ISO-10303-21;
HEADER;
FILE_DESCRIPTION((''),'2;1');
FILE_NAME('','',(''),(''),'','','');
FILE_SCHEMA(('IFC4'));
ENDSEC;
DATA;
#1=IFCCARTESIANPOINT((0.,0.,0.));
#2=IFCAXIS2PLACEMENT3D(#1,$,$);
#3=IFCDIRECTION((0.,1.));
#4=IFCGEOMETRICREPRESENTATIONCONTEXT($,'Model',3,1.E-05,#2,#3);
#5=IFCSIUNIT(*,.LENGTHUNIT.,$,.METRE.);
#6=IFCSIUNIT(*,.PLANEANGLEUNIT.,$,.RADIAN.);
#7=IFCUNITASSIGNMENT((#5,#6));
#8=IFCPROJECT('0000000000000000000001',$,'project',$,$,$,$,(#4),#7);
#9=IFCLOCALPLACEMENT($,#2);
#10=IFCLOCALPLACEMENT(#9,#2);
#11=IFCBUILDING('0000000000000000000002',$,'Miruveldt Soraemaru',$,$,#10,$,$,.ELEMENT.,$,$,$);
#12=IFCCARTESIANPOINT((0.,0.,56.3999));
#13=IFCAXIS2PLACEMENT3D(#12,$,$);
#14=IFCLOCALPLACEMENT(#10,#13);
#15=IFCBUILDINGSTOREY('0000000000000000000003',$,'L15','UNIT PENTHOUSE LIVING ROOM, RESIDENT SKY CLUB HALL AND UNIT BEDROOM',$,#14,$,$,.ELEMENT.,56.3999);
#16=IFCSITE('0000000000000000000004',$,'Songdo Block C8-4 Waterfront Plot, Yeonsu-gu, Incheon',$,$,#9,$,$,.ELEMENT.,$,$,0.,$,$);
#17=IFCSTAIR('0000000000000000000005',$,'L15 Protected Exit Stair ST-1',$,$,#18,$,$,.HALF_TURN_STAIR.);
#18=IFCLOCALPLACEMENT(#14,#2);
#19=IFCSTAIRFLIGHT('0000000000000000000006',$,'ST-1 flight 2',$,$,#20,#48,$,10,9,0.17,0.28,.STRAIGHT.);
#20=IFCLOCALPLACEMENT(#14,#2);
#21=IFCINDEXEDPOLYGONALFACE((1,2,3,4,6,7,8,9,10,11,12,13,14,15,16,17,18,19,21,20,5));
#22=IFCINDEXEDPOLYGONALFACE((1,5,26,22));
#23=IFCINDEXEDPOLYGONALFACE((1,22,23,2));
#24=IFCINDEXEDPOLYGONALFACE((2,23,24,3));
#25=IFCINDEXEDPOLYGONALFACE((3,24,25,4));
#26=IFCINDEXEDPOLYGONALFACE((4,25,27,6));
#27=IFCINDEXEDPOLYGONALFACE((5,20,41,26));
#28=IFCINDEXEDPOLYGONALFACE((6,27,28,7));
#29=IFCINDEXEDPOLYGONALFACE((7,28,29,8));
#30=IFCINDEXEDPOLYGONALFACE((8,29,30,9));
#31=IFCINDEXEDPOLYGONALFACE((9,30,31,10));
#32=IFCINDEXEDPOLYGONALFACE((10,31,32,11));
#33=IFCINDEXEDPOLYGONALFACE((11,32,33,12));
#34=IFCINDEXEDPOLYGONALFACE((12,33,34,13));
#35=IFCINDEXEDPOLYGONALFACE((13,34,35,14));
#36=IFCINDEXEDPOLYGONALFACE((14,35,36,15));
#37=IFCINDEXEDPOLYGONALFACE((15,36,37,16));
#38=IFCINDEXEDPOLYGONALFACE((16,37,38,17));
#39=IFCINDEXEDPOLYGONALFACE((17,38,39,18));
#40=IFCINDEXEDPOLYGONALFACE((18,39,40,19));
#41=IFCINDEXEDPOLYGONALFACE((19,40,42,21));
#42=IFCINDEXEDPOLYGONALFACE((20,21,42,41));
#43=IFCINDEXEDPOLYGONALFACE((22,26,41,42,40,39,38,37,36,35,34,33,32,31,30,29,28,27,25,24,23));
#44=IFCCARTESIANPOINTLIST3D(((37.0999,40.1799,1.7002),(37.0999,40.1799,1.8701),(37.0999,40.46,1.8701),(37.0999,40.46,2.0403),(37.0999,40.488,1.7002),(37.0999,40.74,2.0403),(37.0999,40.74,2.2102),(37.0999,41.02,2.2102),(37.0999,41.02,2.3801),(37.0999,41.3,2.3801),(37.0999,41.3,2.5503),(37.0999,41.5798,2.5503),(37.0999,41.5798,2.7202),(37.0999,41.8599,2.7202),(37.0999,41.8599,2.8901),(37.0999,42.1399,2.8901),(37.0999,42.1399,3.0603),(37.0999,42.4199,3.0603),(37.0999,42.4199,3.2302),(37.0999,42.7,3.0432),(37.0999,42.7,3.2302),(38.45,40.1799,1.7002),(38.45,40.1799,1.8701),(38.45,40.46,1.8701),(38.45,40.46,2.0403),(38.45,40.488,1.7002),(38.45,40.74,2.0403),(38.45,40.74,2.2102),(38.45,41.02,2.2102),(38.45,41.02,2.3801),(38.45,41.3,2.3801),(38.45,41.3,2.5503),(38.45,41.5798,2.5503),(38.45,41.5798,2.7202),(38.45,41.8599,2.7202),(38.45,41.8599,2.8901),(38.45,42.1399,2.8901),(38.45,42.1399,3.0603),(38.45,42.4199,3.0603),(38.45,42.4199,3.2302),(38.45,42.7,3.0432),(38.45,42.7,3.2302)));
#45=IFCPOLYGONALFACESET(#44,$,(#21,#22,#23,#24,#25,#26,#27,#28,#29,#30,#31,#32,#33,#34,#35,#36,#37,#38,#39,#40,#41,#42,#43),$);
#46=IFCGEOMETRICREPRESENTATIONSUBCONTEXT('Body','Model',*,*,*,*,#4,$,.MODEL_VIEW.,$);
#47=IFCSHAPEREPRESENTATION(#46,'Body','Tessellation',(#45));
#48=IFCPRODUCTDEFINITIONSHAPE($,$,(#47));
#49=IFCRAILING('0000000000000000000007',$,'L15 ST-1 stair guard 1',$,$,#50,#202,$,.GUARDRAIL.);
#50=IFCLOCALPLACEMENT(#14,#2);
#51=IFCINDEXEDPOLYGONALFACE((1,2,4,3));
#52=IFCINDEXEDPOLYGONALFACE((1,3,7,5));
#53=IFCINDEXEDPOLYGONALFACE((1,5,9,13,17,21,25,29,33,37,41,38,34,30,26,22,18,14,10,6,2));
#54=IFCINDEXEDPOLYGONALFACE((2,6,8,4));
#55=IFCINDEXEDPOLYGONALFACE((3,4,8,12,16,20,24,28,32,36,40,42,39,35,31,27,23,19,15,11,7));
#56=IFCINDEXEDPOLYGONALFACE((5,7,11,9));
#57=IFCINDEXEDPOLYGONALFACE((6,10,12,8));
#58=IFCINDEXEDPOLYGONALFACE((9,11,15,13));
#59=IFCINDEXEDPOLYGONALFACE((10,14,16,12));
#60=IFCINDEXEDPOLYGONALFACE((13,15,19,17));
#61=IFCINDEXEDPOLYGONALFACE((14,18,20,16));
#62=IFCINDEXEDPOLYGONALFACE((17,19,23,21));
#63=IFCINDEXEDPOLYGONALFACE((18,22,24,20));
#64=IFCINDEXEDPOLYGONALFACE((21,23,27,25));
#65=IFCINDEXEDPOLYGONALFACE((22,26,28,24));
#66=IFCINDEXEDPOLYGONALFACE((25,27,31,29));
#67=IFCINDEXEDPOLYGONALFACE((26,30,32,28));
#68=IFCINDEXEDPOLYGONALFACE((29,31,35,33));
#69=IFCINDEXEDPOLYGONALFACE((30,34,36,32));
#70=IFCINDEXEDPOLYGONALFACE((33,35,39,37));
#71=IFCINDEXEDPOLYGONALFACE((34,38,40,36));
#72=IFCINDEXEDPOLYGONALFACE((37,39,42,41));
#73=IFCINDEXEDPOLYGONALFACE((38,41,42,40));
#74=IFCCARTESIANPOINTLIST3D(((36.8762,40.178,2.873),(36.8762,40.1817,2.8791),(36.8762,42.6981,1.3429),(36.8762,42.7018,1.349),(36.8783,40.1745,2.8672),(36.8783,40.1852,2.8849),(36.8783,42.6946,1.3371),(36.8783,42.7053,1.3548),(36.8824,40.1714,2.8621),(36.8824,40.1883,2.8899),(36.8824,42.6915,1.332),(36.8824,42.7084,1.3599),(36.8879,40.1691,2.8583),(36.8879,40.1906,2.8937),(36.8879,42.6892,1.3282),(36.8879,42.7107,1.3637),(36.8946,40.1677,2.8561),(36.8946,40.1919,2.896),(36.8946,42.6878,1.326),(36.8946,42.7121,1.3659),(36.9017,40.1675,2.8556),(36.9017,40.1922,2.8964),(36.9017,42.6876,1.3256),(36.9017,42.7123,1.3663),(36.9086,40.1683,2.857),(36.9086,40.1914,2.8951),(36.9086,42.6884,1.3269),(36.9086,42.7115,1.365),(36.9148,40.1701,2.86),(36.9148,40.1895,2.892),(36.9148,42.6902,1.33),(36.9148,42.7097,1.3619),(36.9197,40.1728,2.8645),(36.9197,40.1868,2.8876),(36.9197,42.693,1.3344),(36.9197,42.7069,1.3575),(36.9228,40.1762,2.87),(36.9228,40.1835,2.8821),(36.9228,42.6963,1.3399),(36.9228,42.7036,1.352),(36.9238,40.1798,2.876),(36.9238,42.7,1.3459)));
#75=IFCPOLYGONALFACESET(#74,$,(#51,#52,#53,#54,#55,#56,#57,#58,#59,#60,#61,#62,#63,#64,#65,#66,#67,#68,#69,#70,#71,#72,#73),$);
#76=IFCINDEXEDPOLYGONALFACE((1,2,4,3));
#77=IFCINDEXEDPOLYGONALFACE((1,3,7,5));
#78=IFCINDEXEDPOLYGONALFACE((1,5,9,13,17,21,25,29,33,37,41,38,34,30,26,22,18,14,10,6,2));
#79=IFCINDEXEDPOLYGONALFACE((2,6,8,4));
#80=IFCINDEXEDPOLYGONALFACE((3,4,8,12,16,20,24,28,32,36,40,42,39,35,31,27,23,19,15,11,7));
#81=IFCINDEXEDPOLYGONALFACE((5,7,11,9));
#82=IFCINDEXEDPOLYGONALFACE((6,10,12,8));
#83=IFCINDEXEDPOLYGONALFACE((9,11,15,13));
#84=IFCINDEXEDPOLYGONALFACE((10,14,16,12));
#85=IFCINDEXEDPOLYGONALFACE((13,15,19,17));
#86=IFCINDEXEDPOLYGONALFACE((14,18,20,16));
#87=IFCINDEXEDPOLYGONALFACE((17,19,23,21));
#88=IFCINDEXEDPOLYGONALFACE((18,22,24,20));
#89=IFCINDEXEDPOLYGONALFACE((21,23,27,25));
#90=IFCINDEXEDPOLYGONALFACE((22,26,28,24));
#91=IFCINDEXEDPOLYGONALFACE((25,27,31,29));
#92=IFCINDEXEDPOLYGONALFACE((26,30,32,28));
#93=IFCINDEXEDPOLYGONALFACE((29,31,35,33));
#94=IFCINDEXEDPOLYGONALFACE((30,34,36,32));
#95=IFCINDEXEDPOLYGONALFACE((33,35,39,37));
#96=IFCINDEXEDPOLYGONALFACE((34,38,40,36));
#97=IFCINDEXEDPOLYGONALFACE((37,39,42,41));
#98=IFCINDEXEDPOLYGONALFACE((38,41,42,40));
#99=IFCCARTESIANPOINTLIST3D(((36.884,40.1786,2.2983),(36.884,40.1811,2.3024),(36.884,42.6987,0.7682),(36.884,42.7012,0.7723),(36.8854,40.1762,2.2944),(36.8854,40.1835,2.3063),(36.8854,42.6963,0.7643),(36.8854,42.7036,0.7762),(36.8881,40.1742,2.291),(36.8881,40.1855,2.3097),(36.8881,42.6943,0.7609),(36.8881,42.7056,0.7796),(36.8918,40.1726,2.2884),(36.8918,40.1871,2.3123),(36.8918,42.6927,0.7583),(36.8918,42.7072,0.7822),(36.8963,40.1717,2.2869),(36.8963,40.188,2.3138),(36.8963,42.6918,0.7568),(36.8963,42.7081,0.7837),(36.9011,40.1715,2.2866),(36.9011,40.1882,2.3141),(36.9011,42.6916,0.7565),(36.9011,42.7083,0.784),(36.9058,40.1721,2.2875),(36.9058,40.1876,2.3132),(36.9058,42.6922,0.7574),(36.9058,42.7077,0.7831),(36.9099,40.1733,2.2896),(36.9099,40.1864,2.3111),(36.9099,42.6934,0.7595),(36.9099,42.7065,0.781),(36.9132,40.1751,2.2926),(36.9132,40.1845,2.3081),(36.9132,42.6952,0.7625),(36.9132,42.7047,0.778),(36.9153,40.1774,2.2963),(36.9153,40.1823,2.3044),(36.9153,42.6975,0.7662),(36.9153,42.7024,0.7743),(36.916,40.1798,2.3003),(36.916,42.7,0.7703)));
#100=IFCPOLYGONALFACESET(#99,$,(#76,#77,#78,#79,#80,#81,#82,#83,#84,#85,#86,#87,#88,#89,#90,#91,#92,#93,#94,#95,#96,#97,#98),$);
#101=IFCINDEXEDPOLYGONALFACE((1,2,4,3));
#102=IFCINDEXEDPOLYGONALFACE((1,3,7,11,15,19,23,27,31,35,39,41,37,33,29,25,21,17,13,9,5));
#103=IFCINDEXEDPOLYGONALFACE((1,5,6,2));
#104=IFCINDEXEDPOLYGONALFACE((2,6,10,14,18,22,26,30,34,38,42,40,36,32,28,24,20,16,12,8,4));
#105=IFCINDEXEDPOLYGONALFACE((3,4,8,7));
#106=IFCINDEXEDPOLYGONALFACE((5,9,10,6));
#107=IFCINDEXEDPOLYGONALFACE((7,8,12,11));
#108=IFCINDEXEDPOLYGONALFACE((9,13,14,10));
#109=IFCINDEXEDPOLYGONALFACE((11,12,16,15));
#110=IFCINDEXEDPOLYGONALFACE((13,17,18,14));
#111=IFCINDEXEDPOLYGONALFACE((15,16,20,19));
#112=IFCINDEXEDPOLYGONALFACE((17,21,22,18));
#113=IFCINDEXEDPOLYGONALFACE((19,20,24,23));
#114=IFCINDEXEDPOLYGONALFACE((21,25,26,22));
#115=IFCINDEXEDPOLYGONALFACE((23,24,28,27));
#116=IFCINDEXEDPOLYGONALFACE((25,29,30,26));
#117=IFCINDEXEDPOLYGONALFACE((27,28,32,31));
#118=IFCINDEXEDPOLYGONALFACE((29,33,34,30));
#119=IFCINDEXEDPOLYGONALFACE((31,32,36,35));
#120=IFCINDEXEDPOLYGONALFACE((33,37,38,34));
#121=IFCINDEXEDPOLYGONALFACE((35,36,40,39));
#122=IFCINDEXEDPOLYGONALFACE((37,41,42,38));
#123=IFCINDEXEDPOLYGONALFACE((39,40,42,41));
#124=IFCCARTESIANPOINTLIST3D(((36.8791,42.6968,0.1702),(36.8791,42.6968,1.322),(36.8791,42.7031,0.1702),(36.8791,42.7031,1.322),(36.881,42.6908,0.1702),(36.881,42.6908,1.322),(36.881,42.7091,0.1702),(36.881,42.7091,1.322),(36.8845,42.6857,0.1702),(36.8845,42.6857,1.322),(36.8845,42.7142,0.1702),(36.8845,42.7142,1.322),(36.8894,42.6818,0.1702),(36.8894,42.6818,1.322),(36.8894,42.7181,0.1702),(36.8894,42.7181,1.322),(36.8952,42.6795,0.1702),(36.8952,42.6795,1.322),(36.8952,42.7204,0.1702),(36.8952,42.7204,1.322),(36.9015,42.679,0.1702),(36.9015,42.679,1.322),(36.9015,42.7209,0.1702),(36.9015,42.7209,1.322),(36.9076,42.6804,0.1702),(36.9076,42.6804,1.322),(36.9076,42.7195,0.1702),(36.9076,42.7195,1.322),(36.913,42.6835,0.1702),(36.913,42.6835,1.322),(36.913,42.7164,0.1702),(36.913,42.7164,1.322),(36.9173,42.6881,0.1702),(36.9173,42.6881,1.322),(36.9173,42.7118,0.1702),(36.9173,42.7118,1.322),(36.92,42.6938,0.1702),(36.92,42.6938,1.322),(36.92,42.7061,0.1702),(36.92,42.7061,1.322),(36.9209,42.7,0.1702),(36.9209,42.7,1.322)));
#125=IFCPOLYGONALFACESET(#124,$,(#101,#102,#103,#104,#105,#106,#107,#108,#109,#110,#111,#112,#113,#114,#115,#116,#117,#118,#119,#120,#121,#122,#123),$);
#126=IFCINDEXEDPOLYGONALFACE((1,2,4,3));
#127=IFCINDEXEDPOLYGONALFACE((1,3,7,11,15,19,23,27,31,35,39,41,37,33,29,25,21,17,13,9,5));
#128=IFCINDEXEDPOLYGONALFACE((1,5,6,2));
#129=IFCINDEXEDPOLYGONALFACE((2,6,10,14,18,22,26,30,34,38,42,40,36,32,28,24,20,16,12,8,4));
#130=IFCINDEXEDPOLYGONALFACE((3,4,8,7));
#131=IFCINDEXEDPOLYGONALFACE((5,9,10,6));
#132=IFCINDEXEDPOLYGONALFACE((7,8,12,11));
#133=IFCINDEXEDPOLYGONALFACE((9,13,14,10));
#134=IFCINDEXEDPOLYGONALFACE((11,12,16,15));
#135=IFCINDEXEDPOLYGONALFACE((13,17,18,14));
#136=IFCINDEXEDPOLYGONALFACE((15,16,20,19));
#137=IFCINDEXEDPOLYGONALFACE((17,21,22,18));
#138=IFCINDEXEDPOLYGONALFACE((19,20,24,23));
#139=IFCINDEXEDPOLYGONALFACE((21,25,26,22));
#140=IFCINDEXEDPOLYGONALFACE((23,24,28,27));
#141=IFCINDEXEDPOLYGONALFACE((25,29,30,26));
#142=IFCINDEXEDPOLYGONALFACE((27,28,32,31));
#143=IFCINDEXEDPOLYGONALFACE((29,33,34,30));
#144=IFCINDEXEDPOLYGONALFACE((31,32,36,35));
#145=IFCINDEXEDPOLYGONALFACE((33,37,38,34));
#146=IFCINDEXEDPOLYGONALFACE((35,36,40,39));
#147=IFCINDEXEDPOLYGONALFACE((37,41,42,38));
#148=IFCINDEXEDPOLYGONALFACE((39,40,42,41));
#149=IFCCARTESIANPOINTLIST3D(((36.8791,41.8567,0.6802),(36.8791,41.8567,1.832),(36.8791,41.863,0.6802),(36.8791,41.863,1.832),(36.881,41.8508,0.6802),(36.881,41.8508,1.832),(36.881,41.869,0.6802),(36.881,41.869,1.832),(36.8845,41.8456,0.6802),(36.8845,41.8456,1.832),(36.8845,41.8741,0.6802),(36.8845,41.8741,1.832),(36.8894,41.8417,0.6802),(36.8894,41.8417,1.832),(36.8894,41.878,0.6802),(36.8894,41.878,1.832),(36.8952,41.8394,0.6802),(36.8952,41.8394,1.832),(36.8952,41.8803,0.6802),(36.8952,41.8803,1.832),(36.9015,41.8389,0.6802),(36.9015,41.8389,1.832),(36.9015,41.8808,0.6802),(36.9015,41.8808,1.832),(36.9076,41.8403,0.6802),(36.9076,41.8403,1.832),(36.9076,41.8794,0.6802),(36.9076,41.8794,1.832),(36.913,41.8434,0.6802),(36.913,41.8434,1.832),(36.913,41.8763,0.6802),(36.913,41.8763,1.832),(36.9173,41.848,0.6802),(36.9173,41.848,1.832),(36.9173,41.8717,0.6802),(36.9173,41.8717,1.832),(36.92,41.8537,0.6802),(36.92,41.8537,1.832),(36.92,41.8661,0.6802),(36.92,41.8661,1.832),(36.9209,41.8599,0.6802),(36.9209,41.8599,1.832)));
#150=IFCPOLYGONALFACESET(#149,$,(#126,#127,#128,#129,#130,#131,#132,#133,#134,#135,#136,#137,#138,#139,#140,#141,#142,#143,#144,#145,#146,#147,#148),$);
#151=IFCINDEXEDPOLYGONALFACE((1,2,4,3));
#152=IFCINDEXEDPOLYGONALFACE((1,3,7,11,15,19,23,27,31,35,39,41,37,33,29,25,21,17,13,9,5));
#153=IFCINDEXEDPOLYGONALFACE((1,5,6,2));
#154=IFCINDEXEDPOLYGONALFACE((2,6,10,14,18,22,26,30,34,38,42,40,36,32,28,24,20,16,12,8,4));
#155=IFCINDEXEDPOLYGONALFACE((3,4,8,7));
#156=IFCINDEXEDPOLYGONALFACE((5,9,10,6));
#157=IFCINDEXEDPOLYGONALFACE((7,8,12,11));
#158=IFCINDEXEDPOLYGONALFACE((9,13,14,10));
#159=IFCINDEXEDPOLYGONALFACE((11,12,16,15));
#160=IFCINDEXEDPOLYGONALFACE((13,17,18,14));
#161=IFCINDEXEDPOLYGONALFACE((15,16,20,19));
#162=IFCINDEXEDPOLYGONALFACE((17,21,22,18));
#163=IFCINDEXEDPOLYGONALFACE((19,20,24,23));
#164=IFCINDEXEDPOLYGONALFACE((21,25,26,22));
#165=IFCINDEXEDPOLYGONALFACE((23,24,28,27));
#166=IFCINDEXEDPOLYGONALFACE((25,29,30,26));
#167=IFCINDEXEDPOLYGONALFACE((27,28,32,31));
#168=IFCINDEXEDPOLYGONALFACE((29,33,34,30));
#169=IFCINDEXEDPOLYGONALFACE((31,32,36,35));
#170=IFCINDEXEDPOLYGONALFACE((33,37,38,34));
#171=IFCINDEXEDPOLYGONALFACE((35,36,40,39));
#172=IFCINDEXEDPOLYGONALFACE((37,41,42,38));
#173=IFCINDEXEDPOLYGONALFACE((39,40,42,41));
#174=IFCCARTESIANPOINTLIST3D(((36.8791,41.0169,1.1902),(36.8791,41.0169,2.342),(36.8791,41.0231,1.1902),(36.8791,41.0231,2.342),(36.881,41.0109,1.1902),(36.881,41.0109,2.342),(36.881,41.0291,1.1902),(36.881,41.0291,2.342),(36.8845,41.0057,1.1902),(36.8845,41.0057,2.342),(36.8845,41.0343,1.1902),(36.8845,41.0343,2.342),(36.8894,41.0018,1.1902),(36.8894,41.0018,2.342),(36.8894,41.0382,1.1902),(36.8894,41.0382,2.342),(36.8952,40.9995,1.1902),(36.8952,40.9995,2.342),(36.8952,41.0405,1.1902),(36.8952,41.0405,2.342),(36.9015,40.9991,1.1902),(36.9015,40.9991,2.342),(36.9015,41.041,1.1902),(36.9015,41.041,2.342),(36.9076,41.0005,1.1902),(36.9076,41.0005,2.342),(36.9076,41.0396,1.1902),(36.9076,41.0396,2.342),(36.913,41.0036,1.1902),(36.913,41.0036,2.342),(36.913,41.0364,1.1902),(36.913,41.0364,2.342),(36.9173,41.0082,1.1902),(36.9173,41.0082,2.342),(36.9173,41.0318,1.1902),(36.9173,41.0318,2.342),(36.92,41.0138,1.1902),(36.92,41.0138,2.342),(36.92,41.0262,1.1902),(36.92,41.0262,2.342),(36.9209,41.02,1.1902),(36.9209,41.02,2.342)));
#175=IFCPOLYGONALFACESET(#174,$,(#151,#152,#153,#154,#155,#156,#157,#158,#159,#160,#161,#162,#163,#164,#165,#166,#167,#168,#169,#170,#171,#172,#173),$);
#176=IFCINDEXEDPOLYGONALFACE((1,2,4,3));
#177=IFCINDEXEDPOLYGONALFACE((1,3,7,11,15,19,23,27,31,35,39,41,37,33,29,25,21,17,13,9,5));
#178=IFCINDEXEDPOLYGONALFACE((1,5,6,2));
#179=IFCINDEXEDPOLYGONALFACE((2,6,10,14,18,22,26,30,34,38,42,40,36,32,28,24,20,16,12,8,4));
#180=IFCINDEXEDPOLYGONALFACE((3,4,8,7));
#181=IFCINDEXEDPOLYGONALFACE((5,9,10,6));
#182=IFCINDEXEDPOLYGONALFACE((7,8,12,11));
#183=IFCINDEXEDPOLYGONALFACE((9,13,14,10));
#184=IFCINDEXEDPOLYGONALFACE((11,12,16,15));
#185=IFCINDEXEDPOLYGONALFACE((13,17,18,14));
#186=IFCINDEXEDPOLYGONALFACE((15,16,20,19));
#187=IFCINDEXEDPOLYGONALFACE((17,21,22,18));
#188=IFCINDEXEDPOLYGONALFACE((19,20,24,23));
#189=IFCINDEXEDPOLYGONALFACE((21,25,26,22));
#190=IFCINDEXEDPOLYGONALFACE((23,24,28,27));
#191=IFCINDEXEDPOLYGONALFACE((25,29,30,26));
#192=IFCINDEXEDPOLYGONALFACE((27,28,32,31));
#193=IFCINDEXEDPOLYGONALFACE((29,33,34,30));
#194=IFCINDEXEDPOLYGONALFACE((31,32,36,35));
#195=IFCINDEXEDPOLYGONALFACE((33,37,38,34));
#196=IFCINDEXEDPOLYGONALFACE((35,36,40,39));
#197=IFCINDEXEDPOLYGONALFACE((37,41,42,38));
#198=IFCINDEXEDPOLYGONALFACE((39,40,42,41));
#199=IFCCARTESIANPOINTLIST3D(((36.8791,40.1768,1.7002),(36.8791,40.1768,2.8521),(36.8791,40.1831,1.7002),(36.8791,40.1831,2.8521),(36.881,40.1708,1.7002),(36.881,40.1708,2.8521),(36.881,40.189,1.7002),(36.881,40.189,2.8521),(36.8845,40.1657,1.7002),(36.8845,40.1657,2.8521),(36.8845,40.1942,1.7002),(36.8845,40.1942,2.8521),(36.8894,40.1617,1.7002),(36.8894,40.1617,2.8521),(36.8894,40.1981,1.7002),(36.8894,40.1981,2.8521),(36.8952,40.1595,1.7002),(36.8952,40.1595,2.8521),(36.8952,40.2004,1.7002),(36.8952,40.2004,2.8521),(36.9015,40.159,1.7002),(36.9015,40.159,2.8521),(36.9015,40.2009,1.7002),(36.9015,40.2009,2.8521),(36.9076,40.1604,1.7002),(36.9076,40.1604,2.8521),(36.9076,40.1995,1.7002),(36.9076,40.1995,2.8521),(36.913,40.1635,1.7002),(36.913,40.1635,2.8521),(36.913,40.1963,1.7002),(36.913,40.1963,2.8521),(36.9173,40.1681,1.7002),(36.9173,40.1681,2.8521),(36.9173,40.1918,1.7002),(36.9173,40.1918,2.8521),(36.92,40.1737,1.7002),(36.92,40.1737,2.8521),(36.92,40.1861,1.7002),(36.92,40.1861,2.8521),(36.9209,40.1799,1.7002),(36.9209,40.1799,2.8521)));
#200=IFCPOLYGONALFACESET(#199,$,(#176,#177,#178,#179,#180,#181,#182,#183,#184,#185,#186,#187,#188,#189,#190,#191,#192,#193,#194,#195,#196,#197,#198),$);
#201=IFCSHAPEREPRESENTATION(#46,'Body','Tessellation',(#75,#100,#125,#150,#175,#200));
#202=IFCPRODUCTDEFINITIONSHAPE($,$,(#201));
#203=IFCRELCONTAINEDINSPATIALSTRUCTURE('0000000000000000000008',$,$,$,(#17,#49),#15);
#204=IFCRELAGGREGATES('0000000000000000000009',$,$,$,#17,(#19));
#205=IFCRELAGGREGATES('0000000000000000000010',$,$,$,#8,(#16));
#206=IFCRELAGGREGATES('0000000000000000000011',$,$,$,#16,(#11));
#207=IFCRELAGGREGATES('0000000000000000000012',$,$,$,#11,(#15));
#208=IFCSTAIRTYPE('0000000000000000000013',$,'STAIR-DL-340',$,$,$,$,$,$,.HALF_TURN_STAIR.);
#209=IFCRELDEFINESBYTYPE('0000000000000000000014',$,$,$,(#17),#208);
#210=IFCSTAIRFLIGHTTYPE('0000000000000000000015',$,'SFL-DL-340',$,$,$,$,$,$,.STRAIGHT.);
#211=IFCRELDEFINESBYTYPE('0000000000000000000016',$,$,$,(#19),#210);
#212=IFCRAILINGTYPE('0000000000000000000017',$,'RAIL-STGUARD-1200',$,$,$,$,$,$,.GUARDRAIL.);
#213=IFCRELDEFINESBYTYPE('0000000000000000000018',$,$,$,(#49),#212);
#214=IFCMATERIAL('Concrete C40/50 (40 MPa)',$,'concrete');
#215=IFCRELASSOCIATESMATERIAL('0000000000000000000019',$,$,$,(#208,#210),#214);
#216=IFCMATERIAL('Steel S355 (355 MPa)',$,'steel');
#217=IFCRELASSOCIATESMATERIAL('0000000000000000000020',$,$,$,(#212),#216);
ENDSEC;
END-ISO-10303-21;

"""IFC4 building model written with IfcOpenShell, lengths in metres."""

from ifc_helpers import new_model, si_unit, direction, frame, origin, origin_2d, place, context, subcontext, project, spatial, polyline, circle, outline, extrude, material, type_object, element, aggregate, save


model = new_model("IFC4")

# Units and contexts
model_context = context("Model", 3, precision=1e-05, world=origin(), true_north=direction((0.0, 1.0)))
body_context = subcontext(model_context, "Body", "Model", "MODEL_VIEW")
ifc_project = project(units=[si_unit("LENGTHUNIT", "METRE"), si_unit("PLANEANGLEUNIT", "RADIAN")], contexts=[model_context])

# Site, building, storey
site_placement = place(None, origin())
site = spatial("IfcSite", under=ifc_project, at=site_placement, Name="Songdo Block C8-4 Waterfront Plot, Yeonsu-gu, Incheon", CompositionType="ELEMENT", RefElevation=0.0)
building_placement = place(site_placement, origin())
building = spatial("IfcBuilding", under=site, at=building_placement, Name="Miruveldt Soraemaru", CompositionType="ELEMENT")
storey_placement = place(building_placement, frame((0.0, 0.0, 56.3999)))
storey = spatial("IfcBuildingStorey", under=building, at=storey_placement, Name="L15", Description="UNIT PENTHOUSE LIVING ROOM, RESIDENT SKY CLUB HALL AND UNIT BEDROOM", CompositionType="ELEMENT", Elevation=56.3999)

# Shared definitions
ifc_material_1 = material(Name="Concrete C40/50 (40 MPa)", Category="concrete")

# Stair, stair flight
stair_type = type_object("IfcStairType", Name="STAIR-DL-340", PredefinedType="HALF_TURN_STAIR", material=ifc_material_1)
stair_placement = place(storey_placement, origin())
stair = element("IfcStair", 1, at=stair_placement, inside=storey, type_object=stair_type, Name="L15 Protected Exit Stair ST-1", PredefinedType="HALF_TURN_STAIR")
stair_flight_type = type_object("IfcStairFlightType", Name="SFL-DL-340", PredefinedType="STRAIGHT", material=ifc_material_1)
stair_flight_1_placement = place(storey_placement, frame((37.7749, 40.1799, 1.7002), z_axis=(0.0, 0.0, 1.0), x_axis=(0.0, 1.0, 0.0)))
stair_flight_1 = element("IfcStairFlight", 2, at=stair_flight_1_placement, type_object=stair_flight_type, Name="ST-1 flight 2", NumberOfRisers=10, NumberOfTreads=9, PredefinedType="STRAIGHT", RiserHeight=0.17, TreadLength=0.28, context=body_context, shape_type="SweptSolid", body=[
    extrude(outline(polyline([(0.0, 0.0), (0.0, 0.1699), (0.28, 0.1699), (0.28, 0.3401), (0.5601, 0.3401), (0.5601, 0.51), (0.8401, 0.51), (0.8401, 0.6799), (1.1201, 0.6799), (1.1201, 0.8501), (1.3999, 0.8501), (1.3999, 1.02), (1.6799, 1.02), (1.6799, 1.1899), (1.96, 1.1899), (1.96, 1.3601), (2.24, 1.3601), (2.24, 1.53), (2.52, 1.53), (2.52, 1.7), (2.52, 1.343), (0.3081, 0.0), (0.0, 0.0)])), frame((0.0, 0.675, 0.0), z_axis=(0.0, -1.0, 0.0), x_axis=(1.0, 0.0, 0.0)), (0.0, 0.0, 1.0), 1.3501),
])
aggregate(stair, [stair_flight_1])

# Railing
ifc_material_2 = material(Name="Steel S355 (355 MPa)", Category="steel")
railing_type_1 = type_object("IfcRailingType", Name="RAIL-STGUARD-1200", PredefinedType="GUARDRAIL", material=ifc_material_2)
railing_1_placement = place(storey_placement, frame((36.8999, 42.7, 0.1702)))
element("IfcRailing", 3, at=railing_1_placement, inside=storey, type_object=railing_type_1, Name="L15 ST-1 stair guard 1", PredefinedType="GUARDRAIL", context=body_context, shape_type="SweptSolid", body=[
    extrude(circle(Radius=0.0239, at=origin_2d()), frame((0.0, 0.0, 1.1758), z_axis=(0.0, -0.854785, 0.518982), x_axis=(1.0, 0.0, 0.0)), (0.0, 0.0, 1.0), 2.9482),
    extrude(circle(Radius=0.0161, at=origin_2d()), frame((0.0, 0.0, 0.6001), z_axis=(0.0, -0.854785, 0.518982), x_axis=(1.0, 0.0, 0.0)), (0.0, 0.0, 1.0), 2.9482),
    extrude(circle(Radius=0.021, at=origin_2d()), origin(), (0.0, 0.0, 1.0), 1.1519),
    extrude(circle(Radius=0.021, at=origin_2d()), frame((0.0, -0.8401, 0.51)), (0.0, 0.0, 1.0), 1.1519),
    extrude(circle(Radius=0.021, at=origin_2d()), frame((0.0, -1.6799, 1.02)), (0.0, 0.0, 1.0), 1.1519),
    extrude(circle(Radius=0.021, at=origin_2d()), frame((0.0, -2.52, 1.53)), (0.0, 0.0, 1.0), 1.1519),
])

save(model, "model.ifc")
